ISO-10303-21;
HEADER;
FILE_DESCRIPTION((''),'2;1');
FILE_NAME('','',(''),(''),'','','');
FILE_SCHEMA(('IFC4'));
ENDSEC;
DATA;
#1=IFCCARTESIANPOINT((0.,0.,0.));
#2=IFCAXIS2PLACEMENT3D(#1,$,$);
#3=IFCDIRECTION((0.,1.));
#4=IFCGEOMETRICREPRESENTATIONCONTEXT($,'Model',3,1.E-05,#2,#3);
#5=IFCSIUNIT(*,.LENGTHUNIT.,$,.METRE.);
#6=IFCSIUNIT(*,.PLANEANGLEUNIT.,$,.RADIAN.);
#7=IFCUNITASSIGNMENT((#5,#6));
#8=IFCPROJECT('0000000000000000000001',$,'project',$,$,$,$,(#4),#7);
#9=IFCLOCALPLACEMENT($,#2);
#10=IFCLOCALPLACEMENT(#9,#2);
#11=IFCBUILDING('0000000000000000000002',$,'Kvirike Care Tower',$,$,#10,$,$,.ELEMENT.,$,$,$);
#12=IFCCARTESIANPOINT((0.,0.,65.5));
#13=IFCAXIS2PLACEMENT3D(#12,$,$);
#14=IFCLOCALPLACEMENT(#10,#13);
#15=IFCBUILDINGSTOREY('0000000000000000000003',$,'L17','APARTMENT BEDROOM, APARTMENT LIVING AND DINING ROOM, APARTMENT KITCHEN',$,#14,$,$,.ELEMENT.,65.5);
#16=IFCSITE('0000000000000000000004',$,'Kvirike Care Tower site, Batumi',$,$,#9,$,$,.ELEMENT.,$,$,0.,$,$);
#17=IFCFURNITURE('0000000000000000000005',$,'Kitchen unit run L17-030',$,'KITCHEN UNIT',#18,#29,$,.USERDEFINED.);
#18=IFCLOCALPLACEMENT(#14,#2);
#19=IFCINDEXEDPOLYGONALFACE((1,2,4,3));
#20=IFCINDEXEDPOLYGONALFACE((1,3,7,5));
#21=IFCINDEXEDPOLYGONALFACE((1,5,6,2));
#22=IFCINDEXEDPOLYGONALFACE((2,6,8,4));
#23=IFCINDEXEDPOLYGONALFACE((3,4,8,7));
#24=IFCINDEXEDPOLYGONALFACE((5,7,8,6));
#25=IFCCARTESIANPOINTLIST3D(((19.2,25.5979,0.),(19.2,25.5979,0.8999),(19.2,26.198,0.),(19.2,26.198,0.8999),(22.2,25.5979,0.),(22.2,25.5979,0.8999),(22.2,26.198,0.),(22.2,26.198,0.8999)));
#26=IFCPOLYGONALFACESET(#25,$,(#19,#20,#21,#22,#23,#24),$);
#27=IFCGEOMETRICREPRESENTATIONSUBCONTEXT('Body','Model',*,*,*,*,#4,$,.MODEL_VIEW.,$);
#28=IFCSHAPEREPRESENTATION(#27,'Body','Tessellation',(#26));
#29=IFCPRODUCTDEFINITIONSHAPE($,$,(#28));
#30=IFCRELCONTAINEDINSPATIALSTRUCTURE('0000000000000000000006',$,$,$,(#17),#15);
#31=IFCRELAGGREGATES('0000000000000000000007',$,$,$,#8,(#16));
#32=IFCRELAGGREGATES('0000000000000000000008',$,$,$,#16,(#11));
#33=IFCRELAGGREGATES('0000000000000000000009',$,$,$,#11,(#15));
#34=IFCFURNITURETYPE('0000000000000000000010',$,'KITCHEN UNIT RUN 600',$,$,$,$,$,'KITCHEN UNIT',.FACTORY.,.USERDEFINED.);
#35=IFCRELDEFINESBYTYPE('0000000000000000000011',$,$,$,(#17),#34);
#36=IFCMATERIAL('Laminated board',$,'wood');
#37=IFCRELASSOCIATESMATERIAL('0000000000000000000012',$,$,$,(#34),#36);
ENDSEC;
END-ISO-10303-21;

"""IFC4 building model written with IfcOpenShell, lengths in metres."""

from ifc_helpers import new_model, si_unit, direction, frame, origin, origin_2d, place, context, subcontext, project, spatial, rectangle, extrude, material, type_object, element, save


model = new_model("IFC4")

# Units and contexts
model_context = context("Model", 3, precision=1e-05, world=origin(), true_north=direction((0.0, 1.0)))
body_context = subcontext(model_context, "Body", "Model", "MODEL_VIEW")
ifc_project = project(units=[si_unit("LENGTHUNIT", "METRE"), si_unit("PLANEANGLEUNIT", "RADIAN")], contexts=[model_context])

# Site, building, storey
site_placement = place(None, origin())
site = spatial("IfcSite", under=ifc_project, at=site_placement, Name="Kvirike Care Tower site, Batumi", CompositionType="ELEMENT", RefElevation=0.0)
building_placement = place(site_placement, origin())
building = spatial("IfcBuilding", under=site, at=building_placement, Name="Kvirike Care Tower", CompositionType="ELEMENT")
storey_placement = place(building_placement, frame((0.0, 0.0, 65.5)))
storey = spatial("IfcBuildingStorey", under=building, at=storey_placement, Name="L17", Description="APARTMENT BEDROOM, APARTMENT LIVING AND DINING ROOM, APARTMENT KITCHEN", CompositionType="ELEMENT", Elevation=65.5)

# Furniture
ifc_material_1 = material(Name="Laminated board", Category="wood")
furniture_type_1 = type_object("IfcFurnitureType", Name="KITCHEN UNIT RUN 600", ElementType="KITCHEN UNIT", AssemblyPlace="FACTORY", PredefinedType="USERDEFINED", material=ifc_material_1)
furniture_1_placement = place(storey_placement, frame((20.7, 25.8979, 0.0), z_axis=(0.0, 0.0, 1.0), x_axis=(1.0, 0.0, 0.0)))
element("IfcFurniture", 1, at=furniture_1_placement, inside=storey, type_object=furniture_type_1, Name="Kitchen unit run L17-030", ObjectType="KITCHEN UNIT", PredefinedType="USERDEFINED", context=body_context, shape_type="SweptSolid", body=[
    extrude(rectangle(XDim=3.0, YDim=0.6001, at=origin_2d()), origin(), (0.0, 0.0, 1.0), 0.8999),
])

save(model, "model.ifc")
